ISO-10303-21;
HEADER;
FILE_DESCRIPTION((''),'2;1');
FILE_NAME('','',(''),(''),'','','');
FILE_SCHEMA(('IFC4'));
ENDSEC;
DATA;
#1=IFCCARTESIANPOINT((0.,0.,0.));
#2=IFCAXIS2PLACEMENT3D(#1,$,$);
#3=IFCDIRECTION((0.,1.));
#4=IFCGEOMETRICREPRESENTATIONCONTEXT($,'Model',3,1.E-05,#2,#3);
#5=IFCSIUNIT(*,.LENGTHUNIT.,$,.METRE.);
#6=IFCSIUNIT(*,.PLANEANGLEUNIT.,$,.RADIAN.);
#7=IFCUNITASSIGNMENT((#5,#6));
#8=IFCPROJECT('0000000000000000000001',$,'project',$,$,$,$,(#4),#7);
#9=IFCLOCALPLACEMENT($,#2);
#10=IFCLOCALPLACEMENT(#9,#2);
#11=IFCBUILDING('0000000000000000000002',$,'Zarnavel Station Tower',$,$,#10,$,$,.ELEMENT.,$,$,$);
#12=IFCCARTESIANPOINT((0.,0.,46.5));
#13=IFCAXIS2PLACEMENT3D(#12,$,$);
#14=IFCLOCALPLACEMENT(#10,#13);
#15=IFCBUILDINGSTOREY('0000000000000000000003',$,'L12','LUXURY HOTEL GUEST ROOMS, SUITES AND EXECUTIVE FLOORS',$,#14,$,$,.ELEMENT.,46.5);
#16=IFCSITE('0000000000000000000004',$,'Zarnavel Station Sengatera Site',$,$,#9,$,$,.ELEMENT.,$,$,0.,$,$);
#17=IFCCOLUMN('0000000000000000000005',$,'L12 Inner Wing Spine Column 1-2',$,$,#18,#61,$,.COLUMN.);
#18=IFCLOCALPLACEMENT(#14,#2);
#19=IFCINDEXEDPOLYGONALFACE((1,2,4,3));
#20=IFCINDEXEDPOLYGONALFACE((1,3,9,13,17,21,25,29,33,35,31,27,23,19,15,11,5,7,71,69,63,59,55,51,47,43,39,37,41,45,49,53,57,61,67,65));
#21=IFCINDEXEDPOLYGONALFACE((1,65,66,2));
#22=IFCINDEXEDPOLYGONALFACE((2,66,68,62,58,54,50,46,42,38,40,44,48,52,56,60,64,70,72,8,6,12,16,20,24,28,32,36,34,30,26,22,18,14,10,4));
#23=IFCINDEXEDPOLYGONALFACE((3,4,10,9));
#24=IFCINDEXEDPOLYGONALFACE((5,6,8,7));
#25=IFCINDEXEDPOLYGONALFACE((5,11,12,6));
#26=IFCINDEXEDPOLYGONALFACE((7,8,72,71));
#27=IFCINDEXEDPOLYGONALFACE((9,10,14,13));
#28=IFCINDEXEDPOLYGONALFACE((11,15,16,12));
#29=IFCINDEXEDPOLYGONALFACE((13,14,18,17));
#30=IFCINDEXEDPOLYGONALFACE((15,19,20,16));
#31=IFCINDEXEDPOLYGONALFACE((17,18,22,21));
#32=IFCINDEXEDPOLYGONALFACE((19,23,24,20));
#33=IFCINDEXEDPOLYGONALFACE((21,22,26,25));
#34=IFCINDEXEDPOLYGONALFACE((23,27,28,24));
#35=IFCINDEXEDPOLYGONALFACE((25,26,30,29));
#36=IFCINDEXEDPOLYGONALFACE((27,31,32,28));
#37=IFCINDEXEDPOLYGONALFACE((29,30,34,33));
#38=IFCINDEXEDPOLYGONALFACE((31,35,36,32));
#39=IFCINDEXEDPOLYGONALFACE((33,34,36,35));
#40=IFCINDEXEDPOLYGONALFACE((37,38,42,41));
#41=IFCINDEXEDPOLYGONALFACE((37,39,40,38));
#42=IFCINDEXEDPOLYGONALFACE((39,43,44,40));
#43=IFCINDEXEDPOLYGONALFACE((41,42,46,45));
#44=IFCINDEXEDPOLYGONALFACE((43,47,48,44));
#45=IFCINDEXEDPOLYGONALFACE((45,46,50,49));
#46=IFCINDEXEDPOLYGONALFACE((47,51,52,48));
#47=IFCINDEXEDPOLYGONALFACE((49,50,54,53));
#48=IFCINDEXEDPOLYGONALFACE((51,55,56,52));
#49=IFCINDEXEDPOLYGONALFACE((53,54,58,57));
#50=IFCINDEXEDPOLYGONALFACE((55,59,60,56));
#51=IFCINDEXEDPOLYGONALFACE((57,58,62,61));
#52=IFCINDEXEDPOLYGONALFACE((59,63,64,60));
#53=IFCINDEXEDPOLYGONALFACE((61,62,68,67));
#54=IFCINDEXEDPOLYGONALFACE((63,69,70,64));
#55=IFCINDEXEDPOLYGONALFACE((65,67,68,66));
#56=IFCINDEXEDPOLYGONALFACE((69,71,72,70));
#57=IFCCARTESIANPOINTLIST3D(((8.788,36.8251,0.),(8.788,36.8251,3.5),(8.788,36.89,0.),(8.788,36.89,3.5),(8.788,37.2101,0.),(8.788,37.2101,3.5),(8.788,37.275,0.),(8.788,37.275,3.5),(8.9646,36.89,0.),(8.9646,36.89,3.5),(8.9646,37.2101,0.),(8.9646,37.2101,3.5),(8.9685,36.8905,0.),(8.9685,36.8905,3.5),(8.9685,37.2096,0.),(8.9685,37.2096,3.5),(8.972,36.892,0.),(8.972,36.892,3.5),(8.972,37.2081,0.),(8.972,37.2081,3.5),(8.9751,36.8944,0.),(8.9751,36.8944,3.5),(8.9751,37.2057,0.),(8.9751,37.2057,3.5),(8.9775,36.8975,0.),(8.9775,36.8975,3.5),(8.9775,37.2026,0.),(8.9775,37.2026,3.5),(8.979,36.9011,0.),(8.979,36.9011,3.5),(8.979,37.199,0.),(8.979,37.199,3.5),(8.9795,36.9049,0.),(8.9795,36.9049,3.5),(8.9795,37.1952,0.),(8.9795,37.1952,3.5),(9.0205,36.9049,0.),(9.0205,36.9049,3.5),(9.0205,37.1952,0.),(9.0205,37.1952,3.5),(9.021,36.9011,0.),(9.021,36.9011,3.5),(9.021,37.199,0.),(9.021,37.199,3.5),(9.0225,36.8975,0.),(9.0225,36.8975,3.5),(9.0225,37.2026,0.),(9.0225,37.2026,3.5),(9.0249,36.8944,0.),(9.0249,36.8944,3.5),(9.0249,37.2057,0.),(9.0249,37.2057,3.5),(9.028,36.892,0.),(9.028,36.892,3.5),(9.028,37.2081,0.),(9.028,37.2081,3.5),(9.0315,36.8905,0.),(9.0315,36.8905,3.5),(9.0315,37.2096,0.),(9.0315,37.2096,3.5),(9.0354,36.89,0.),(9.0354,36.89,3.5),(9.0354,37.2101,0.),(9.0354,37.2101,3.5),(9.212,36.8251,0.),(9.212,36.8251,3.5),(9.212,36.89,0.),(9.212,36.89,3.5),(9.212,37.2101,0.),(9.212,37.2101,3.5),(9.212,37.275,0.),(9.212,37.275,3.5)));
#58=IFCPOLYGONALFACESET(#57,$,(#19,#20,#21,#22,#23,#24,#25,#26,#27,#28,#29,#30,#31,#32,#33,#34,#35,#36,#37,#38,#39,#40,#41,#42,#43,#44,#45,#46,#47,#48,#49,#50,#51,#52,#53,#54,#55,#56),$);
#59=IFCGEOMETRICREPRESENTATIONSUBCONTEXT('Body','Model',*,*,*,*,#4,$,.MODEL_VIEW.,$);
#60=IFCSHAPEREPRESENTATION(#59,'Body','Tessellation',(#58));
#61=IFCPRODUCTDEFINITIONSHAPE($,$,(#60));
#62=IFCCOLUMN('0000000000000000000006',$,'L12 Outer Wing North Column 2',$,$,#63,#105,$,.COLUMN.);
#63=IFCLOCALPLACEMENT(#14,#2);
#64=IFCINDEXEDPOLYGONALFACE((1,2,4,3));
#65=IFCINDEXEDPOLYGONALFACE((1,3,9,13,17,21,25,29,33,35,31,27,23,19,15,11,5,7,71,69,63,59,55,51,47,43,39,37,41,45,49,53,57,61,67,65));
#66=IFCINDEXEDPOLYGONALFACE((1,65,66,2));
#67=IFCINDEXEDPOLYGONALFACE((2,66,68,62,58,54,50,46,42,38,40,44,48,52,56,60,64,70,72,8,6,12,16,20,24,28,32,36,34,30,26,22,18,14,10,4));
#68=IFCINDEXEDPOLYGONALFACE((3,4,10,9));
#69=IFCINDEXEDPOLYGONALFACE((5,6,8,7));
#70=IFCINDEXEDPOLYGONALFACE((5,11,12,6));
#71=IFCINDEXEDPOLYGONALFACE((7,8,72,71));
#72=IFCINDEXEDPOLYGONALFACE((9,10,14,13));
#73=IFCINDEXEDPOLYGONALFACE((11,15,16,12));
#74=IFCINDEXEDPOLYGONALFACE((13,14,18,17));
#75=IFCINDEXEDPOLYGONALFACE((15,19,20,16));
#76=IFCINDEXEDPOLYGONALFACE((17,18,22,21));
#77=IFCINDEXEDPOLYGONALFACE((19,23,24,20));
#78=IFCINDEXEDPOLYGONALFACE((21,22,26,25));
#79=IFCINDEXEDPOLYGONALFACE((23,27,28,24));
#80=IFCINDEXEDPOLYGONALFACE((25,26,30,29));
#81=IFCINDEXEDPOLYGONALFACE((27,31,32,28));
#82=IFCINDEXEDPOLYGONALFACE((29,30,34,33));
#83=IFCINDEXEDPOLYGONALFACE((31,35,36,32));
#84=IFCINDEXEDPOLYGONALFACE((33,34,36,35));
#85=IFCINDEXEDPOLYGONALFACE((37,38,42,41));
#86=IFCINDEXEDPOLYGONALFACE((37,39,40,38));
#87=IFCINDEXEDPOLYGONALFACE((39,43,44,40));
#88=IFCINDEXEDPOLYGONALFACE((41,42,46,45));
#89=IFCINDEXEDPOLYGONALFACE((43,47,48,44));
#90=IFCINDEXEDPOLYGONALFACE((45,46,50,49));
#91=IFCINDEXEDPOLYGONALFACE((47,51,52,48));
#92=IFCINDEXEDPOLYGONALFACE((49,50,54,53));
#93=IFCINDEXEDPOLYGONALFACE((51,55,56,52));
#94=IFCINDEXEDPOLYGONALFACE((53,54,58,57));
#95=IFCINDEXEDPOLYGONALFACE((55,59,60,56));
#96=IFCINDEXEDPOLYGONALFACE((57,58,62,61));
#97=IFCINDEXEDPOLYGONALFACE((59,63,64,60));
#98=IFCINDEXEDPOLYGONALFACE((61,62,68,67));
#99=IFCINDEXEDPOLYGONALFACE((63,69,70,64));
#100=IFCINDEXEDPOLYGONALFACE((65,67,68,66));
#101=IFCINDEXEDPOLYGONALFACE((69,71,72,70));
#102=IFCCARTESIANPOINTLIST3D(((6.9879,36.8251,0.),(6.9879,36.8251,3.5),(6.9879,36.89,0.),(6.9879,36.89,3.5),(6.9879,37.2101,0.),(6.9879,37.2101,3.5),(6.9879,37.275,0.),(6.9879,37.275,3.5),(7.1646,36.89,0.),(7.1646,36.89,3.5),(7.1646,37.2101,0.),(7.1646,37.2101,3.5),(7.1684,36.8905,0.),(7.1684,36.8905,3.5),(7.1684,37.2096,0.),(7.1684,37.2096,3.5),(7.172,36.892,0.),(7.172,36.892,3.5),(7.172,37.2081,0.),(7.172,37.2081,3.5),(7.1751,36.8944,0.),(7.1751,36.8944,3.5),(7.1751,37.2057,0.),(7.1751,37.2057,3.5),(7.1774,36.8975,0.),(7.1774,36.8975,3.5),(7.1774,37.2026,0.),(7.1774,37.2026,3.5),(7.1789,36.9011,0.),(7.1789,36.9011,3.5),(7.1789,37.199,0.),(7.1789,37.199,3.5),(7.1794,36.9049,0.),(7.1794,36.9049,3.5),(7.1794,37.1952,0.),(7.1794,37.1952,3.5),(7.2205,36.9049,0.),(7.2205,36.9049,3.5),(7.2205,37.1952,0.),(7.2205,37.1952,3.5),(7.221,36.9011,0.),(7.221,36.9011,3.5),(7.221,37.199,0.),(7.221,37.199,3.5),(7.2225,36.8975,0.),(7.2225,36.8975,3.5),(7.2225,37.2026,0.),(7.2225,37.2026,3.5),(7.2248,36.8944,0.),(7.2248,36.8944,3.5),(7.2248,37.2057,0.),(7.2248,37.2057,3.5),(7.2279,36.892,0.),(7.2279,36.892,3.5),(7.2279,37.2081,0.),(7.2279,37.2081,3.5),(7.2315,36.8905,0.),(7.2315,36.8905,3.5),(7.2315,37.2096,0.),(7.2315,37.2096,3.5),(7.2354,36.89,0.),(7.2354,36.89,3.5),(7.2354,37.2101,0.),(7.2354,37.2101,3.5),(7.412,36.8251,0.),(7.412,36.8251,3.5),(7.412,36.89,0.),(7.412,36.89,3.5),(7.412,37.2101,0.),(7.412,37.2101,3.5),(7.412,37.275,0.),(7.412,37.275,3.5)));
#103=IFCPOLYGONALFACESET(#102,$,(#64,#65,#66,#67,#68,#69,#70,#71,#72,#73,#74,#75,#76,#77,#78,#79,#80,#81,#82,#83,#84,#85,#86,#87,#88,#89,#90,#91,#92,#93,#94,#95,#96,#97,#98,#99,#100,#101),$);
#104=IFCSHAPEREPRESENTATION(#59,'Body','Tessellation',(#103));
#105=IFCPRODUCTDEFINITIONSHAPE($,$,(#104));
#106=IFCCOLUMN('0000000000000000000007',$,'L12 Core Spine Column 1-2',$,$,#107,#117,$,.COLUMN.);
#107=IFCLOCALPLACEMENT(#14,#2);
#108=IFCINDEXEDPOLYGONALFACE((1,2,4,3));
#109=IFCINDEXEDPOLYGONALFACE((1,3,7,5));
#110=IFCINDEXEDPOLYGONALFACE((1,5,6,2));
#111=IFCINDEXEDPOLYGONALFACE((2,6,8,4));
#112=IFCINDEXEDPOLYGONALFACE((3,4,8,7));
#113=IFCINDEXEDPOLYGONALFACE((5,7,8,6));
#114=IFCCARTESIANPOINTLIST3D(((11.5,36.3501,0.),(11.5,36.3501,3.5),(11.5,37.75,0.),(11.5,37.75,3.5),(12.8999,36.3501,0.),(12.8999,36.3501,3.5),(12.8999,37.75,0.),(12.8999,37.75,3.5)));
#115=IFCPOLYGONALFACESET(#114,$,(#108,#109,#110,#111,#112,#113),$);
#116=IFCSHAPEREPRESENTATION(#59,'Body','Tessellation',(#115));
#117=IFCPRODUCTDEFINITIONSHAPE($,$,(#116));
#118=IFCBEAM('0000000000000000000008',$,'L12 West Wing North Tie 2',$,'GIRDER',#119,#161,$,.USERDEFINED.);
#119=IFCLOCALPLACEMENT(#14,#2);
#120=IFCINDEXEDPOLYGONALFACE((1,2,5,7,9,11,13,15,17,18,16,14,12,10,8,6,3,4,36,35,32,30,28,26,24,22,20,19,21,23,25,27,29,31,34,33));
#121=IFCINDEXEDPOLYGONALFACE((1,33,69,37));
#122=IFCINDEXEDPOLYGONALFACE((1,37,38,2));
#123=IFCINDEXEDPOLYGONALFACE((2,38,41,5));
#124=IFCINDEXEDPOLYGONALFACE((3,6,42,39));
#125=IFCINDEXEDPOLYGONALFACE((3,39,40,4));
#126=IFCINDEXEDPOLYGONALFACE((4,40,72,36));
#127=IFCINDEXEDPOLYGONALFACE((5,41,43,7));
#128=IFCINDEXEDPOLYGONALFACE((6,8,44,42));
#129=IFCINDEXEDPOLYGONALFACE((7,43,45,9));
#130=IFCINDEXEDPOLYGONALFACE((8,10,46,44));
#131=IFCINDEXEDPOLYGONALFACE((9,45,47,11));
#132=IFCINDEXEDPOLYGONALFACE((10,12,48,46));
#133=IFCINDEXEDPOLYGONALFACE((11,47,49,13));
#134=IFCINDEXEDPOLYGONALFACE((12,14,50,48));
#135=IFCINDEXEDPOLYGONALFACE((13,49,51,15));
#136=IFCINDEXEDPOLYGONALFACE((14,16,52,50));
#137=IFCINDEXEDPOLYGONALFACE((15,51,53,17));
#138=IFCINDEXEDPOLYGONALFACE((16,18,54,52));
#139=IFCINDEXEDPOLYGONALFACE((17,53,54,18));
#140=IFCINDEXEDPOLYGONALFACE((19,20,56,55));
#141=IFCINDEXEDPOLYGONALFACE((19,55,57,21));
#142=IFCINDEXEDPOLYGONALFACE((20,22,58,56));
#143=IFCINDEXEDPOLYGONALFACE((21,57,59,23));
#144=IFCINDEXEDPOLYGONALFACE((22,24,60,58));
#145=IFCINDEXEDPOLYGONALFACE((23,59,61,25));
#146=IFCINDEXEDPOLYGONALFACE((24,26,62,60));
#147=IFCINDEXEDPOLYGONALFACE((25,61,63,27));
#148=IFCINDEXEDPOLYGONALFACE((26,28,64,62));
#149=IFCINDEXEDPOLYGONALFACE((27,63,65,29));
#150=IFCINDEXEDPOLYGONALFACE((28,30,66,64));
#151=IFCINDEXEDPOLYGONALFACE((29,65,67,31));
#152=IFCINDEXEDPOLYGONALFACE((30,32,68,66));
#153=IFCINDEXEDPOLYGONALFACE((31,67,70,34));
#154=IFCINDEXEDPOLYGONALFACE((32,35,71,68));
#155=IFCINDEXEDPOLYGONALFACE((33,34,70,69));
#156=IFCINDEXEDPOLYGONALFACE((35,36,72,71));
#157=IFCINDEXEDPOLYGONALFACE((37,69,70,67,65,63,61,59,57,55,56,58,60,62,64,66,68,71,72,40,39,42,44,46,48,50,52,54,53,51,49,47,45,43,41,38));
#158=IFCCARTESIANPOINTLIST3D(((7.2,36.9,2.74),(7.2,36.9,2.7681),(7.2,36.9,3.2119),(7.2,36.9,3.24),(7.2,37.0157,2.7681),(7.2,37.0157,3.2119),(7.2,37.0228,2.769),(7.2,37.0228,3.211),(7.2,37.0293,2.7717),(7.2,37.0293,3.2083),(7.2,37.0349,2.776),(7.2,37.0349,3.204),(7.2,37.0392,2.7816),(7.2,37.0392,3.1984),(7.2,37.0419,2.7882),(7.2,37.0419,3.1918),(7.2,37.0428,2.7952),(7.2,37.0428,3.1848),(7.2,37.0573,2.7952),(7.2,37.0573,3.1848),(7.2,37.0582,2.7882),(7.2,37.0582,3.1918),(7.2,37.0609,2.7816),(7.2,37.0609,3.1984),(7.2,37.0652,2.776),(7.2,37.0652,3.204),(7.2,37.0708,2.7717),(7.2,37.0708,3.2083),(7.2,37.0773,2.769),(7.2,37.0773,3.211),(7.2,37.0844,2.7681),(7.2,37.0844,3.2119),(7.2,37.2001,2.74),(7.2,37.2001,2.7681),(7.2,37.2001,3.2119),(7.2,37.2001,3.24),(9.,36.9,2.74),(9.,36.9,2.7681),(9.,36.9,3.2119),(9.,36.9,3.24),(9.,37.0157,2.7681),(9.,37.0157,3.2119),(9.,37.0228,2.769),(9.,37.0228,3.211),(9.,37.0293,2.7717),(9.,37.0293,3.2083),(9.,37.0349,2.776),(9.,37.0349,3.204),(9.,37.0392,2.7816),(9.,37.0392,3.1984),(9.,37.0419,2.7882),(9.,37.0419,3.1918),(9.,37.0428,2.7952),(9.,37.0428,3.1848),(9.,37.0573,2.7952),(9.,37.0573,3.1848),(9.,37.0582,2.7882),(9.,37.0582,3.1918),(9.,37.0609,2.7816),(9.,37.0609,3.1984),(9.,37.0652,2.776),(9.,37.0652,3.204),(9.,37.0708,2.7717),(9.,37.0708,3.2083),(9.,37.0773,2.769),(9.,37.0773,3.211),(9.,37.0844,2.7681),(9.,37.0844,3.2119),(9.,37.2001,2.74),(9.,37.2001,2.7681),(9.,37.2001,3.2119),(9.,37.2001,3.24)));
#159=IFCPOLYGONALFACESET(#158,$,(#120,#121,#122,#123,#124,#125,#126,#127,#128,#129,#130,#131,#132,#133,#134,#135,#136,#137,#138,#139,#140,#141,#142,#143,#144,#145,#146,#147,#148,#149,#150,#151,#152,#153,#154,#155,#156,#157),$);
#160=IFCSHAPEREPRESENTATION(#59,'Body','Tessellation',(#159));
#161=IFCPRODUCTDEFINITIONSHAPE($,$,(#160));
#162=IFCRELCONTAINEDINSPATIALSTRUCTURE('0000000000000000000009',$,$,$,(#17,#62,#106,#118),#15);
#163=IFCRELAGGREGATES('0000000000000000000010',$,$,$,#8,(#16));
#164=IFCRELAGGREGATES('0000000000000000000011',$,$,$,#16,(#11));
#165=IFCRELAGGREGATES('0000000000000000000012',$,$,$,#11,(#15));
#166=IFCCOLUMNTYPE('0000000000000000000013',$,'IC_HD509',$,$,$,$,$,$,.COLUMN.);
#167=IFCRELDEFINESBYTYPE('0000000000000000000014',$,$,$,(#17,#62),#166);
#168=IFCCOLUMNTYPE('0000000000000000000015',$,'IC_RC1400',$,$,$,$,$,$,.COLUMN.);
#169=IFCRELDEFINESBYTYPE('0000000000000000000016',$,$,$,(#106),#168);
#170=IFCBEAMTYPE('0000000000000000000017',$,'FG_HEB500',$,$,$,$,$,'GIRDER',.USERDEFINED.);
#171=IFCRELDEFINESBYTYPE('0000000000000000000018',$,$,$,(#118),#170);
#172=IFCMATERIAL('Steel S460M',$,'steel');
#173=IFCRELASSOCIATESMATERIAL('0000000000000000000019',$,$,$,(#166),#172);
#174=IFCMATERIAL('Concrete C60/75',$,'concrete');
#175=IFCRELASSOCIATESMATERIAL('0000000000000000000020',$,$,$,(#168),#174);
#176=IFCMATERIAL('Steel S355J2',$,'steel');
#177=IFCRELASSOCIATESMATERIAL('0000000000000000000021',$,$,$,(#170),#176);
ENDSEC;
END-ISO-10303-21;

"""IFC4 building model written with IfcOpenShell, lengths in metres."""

from ifc_helpers import new_model, si_unit, direction, frame, origin, origin_2d, place, context, subcontext, project, spatial, rectangle, i_section, extrude, material, material_profile, profile_set, type_object, element, save


model = new_model("IFC4")

# Units and contexts
model_context = context("Model", 3, precision=1e-05, world=origin(), true_north=direction((0.0, 1.0)))
body_context = subcontext(model_context, "Body", "Model", "MODEL_VIEW")
ifc_project = project(units=[si_unit("LENGTHUNIT", "METRE"), si_unit("PLANEANGLEUNIT", "RADIAN")], contexts=[model_context])

# Site, building, storey
site_placement = place(None, origin())
site = spatial("IfcSite", under=ifc_project, at=site_placement, Name="Zarnavel Station Sengatera Site", CompositionType="ELEMENT", RefElevation=0.0)
building_placement = place(site_placement, origin())
building = spatial("IfcBuilding", under=site, at=building_placement, Name="Zarnavel Station Tower", CompositionType="ELEMENT")
storey_placement = place(building_placement, frame((0.0, 0.0, 46.5)))
storey = spatial("IfcBuildingStorey", under=building, at=storey_placement, Name="L12", Description="LUXURY HOTEL GUEST ROOMS, SUITES AND EXECUTIVE FLOORS", CompositionType="ELEMENT", Elevation=46.5)

# Columns
ifc_material_1 = material(Name="Steel S460M", Category="steel")
ifc_material_profile_1 = material_profile(ifc_material_1, i_section(OverallWidth=0.4241, OverallDepth=0.45, WebThickness=0.041, FlangeThickness=0.0649, FilletRadius=0.0149, at=origin_2d()), Name="HD400x509")
ifc_profile_set_1 = profile_set([ifc_material_profile_1], Name="Steel S460M")
column_type_1 = type_object("IfcColumnType", Name="IC_HD509", PredefinedType="COLUMN", material=ifc_profile_set_1)
for number, where, z_axis, x_axis, name in (
    (1, (9.0, 37.05, 0.0), (0.0, 0.0, 1.0), (1.0, 0.0, 0.0), "L12 Inner Wing Spine Column 1-2"),
    (2, (7.2, 37.05, 0.0), (0.0, 0.0, 1.0), (1.0, 0.0, 0.0), "L12 Outer Wing North Column 2"),
):
    element("IfcColumn", number, at=place(storey_placement, frame(where, z_axis=z_axis, x_axis=x_axis)), inside=storey, type_object=column_type_1, Name=name, PredefinedType="COLUMN", context=body_context, shape_type="SweptSolid", body=[
        extrude(i_section(OverallWidth=0.4241, OverallDepth=0.45, WebThickness=0.041, FlangeThickness=0.0649, FilletRadius=0.0149, at=origin_2d()), origin(), (0.0, 0.0, 1.0), 3.5),
    ])
ifc_material_2 = material(Name="Concrete C60/75", Category="concrete")
ifc_material_profile_2 = material_profile(ifc_material_2, rectangle(XDim=1.3999, YDim=1.3999, at=origin_2d()), Name="RC1400x1400")
ifc_profile_set_2 = profile_set([ifc_material_profile_2], Name="Concrete C60/75")
column_type_2 = type_object("IfcColumnType", Name="IC_RC1400", PredefinedType="COLUMN", material=ifc_profile_set_2)
column_placement = place(storey_placement, frame((12.2, 37.05, 0.0), z_axis=(0.0, 0.0, 1.0), x_axis=(1.0, 0.0, 0.0)))
element("IfcColumn", 3, at=column_placement, inside=storey, type_object=column_type_2, Name="L12 Core Spine Column 1-2", PredefinedType="COLUMN", context=body_context, shape_type="SweptSolid", body=[
    extrude(rectangle(XDim=1.3999, YDim=1.3999, at=origin_2d()), origin(), (0.0, 0.0, 1.0), 3.5),
])

# Beam
ifc_material_3 = material(Name="Steel S355J2", Category="steel")
ifc_material_profile_3 = material_profile(ifc_material_3, i_section(OverallWidth=0.3, OverallDepth=0.5, WebThickness=0.0144, FlangeThickness=0.0281, FilletRadius=0.0271, at=origin_2d()), Name="HEB500")
ifc_profile_set_3 = profile_set([ifc_material_profile_3], Name="Steel S355J2")
beam_type = type_object("IfcBeamType", Name="FG_HEB500", ElementType="GIRDER", PredefinedType="USERDEFINED", material=ifc_profile_set_3)
beam_1_placement = place(storey_placement, frame((7.2, 37.05, 2.99), z_axis=(1.0, 0.0, 0.0), x_axis=(0.0, 1.0, 0.0)))
element("IfcBeam", 4, at=beam_1_placement, inside=storey, type_object=beam_type, Name="L12 West Wing North Tie 2", ObjectType="GIRDER", PredefinedType="USERDEFINED", context=body_context, shape_type="SweptSolid", body=[
    extrude(i_section(OverallWidth=0.3, OverallDepth=0.5, WebThickness=0.0144, FlangeThickness=0.0281, FilletRadius=0.0271, at=origin_2d()), origin(), (0.0, 0.0, 1.0), 1.8),
])

save(model, "model.ifc")
